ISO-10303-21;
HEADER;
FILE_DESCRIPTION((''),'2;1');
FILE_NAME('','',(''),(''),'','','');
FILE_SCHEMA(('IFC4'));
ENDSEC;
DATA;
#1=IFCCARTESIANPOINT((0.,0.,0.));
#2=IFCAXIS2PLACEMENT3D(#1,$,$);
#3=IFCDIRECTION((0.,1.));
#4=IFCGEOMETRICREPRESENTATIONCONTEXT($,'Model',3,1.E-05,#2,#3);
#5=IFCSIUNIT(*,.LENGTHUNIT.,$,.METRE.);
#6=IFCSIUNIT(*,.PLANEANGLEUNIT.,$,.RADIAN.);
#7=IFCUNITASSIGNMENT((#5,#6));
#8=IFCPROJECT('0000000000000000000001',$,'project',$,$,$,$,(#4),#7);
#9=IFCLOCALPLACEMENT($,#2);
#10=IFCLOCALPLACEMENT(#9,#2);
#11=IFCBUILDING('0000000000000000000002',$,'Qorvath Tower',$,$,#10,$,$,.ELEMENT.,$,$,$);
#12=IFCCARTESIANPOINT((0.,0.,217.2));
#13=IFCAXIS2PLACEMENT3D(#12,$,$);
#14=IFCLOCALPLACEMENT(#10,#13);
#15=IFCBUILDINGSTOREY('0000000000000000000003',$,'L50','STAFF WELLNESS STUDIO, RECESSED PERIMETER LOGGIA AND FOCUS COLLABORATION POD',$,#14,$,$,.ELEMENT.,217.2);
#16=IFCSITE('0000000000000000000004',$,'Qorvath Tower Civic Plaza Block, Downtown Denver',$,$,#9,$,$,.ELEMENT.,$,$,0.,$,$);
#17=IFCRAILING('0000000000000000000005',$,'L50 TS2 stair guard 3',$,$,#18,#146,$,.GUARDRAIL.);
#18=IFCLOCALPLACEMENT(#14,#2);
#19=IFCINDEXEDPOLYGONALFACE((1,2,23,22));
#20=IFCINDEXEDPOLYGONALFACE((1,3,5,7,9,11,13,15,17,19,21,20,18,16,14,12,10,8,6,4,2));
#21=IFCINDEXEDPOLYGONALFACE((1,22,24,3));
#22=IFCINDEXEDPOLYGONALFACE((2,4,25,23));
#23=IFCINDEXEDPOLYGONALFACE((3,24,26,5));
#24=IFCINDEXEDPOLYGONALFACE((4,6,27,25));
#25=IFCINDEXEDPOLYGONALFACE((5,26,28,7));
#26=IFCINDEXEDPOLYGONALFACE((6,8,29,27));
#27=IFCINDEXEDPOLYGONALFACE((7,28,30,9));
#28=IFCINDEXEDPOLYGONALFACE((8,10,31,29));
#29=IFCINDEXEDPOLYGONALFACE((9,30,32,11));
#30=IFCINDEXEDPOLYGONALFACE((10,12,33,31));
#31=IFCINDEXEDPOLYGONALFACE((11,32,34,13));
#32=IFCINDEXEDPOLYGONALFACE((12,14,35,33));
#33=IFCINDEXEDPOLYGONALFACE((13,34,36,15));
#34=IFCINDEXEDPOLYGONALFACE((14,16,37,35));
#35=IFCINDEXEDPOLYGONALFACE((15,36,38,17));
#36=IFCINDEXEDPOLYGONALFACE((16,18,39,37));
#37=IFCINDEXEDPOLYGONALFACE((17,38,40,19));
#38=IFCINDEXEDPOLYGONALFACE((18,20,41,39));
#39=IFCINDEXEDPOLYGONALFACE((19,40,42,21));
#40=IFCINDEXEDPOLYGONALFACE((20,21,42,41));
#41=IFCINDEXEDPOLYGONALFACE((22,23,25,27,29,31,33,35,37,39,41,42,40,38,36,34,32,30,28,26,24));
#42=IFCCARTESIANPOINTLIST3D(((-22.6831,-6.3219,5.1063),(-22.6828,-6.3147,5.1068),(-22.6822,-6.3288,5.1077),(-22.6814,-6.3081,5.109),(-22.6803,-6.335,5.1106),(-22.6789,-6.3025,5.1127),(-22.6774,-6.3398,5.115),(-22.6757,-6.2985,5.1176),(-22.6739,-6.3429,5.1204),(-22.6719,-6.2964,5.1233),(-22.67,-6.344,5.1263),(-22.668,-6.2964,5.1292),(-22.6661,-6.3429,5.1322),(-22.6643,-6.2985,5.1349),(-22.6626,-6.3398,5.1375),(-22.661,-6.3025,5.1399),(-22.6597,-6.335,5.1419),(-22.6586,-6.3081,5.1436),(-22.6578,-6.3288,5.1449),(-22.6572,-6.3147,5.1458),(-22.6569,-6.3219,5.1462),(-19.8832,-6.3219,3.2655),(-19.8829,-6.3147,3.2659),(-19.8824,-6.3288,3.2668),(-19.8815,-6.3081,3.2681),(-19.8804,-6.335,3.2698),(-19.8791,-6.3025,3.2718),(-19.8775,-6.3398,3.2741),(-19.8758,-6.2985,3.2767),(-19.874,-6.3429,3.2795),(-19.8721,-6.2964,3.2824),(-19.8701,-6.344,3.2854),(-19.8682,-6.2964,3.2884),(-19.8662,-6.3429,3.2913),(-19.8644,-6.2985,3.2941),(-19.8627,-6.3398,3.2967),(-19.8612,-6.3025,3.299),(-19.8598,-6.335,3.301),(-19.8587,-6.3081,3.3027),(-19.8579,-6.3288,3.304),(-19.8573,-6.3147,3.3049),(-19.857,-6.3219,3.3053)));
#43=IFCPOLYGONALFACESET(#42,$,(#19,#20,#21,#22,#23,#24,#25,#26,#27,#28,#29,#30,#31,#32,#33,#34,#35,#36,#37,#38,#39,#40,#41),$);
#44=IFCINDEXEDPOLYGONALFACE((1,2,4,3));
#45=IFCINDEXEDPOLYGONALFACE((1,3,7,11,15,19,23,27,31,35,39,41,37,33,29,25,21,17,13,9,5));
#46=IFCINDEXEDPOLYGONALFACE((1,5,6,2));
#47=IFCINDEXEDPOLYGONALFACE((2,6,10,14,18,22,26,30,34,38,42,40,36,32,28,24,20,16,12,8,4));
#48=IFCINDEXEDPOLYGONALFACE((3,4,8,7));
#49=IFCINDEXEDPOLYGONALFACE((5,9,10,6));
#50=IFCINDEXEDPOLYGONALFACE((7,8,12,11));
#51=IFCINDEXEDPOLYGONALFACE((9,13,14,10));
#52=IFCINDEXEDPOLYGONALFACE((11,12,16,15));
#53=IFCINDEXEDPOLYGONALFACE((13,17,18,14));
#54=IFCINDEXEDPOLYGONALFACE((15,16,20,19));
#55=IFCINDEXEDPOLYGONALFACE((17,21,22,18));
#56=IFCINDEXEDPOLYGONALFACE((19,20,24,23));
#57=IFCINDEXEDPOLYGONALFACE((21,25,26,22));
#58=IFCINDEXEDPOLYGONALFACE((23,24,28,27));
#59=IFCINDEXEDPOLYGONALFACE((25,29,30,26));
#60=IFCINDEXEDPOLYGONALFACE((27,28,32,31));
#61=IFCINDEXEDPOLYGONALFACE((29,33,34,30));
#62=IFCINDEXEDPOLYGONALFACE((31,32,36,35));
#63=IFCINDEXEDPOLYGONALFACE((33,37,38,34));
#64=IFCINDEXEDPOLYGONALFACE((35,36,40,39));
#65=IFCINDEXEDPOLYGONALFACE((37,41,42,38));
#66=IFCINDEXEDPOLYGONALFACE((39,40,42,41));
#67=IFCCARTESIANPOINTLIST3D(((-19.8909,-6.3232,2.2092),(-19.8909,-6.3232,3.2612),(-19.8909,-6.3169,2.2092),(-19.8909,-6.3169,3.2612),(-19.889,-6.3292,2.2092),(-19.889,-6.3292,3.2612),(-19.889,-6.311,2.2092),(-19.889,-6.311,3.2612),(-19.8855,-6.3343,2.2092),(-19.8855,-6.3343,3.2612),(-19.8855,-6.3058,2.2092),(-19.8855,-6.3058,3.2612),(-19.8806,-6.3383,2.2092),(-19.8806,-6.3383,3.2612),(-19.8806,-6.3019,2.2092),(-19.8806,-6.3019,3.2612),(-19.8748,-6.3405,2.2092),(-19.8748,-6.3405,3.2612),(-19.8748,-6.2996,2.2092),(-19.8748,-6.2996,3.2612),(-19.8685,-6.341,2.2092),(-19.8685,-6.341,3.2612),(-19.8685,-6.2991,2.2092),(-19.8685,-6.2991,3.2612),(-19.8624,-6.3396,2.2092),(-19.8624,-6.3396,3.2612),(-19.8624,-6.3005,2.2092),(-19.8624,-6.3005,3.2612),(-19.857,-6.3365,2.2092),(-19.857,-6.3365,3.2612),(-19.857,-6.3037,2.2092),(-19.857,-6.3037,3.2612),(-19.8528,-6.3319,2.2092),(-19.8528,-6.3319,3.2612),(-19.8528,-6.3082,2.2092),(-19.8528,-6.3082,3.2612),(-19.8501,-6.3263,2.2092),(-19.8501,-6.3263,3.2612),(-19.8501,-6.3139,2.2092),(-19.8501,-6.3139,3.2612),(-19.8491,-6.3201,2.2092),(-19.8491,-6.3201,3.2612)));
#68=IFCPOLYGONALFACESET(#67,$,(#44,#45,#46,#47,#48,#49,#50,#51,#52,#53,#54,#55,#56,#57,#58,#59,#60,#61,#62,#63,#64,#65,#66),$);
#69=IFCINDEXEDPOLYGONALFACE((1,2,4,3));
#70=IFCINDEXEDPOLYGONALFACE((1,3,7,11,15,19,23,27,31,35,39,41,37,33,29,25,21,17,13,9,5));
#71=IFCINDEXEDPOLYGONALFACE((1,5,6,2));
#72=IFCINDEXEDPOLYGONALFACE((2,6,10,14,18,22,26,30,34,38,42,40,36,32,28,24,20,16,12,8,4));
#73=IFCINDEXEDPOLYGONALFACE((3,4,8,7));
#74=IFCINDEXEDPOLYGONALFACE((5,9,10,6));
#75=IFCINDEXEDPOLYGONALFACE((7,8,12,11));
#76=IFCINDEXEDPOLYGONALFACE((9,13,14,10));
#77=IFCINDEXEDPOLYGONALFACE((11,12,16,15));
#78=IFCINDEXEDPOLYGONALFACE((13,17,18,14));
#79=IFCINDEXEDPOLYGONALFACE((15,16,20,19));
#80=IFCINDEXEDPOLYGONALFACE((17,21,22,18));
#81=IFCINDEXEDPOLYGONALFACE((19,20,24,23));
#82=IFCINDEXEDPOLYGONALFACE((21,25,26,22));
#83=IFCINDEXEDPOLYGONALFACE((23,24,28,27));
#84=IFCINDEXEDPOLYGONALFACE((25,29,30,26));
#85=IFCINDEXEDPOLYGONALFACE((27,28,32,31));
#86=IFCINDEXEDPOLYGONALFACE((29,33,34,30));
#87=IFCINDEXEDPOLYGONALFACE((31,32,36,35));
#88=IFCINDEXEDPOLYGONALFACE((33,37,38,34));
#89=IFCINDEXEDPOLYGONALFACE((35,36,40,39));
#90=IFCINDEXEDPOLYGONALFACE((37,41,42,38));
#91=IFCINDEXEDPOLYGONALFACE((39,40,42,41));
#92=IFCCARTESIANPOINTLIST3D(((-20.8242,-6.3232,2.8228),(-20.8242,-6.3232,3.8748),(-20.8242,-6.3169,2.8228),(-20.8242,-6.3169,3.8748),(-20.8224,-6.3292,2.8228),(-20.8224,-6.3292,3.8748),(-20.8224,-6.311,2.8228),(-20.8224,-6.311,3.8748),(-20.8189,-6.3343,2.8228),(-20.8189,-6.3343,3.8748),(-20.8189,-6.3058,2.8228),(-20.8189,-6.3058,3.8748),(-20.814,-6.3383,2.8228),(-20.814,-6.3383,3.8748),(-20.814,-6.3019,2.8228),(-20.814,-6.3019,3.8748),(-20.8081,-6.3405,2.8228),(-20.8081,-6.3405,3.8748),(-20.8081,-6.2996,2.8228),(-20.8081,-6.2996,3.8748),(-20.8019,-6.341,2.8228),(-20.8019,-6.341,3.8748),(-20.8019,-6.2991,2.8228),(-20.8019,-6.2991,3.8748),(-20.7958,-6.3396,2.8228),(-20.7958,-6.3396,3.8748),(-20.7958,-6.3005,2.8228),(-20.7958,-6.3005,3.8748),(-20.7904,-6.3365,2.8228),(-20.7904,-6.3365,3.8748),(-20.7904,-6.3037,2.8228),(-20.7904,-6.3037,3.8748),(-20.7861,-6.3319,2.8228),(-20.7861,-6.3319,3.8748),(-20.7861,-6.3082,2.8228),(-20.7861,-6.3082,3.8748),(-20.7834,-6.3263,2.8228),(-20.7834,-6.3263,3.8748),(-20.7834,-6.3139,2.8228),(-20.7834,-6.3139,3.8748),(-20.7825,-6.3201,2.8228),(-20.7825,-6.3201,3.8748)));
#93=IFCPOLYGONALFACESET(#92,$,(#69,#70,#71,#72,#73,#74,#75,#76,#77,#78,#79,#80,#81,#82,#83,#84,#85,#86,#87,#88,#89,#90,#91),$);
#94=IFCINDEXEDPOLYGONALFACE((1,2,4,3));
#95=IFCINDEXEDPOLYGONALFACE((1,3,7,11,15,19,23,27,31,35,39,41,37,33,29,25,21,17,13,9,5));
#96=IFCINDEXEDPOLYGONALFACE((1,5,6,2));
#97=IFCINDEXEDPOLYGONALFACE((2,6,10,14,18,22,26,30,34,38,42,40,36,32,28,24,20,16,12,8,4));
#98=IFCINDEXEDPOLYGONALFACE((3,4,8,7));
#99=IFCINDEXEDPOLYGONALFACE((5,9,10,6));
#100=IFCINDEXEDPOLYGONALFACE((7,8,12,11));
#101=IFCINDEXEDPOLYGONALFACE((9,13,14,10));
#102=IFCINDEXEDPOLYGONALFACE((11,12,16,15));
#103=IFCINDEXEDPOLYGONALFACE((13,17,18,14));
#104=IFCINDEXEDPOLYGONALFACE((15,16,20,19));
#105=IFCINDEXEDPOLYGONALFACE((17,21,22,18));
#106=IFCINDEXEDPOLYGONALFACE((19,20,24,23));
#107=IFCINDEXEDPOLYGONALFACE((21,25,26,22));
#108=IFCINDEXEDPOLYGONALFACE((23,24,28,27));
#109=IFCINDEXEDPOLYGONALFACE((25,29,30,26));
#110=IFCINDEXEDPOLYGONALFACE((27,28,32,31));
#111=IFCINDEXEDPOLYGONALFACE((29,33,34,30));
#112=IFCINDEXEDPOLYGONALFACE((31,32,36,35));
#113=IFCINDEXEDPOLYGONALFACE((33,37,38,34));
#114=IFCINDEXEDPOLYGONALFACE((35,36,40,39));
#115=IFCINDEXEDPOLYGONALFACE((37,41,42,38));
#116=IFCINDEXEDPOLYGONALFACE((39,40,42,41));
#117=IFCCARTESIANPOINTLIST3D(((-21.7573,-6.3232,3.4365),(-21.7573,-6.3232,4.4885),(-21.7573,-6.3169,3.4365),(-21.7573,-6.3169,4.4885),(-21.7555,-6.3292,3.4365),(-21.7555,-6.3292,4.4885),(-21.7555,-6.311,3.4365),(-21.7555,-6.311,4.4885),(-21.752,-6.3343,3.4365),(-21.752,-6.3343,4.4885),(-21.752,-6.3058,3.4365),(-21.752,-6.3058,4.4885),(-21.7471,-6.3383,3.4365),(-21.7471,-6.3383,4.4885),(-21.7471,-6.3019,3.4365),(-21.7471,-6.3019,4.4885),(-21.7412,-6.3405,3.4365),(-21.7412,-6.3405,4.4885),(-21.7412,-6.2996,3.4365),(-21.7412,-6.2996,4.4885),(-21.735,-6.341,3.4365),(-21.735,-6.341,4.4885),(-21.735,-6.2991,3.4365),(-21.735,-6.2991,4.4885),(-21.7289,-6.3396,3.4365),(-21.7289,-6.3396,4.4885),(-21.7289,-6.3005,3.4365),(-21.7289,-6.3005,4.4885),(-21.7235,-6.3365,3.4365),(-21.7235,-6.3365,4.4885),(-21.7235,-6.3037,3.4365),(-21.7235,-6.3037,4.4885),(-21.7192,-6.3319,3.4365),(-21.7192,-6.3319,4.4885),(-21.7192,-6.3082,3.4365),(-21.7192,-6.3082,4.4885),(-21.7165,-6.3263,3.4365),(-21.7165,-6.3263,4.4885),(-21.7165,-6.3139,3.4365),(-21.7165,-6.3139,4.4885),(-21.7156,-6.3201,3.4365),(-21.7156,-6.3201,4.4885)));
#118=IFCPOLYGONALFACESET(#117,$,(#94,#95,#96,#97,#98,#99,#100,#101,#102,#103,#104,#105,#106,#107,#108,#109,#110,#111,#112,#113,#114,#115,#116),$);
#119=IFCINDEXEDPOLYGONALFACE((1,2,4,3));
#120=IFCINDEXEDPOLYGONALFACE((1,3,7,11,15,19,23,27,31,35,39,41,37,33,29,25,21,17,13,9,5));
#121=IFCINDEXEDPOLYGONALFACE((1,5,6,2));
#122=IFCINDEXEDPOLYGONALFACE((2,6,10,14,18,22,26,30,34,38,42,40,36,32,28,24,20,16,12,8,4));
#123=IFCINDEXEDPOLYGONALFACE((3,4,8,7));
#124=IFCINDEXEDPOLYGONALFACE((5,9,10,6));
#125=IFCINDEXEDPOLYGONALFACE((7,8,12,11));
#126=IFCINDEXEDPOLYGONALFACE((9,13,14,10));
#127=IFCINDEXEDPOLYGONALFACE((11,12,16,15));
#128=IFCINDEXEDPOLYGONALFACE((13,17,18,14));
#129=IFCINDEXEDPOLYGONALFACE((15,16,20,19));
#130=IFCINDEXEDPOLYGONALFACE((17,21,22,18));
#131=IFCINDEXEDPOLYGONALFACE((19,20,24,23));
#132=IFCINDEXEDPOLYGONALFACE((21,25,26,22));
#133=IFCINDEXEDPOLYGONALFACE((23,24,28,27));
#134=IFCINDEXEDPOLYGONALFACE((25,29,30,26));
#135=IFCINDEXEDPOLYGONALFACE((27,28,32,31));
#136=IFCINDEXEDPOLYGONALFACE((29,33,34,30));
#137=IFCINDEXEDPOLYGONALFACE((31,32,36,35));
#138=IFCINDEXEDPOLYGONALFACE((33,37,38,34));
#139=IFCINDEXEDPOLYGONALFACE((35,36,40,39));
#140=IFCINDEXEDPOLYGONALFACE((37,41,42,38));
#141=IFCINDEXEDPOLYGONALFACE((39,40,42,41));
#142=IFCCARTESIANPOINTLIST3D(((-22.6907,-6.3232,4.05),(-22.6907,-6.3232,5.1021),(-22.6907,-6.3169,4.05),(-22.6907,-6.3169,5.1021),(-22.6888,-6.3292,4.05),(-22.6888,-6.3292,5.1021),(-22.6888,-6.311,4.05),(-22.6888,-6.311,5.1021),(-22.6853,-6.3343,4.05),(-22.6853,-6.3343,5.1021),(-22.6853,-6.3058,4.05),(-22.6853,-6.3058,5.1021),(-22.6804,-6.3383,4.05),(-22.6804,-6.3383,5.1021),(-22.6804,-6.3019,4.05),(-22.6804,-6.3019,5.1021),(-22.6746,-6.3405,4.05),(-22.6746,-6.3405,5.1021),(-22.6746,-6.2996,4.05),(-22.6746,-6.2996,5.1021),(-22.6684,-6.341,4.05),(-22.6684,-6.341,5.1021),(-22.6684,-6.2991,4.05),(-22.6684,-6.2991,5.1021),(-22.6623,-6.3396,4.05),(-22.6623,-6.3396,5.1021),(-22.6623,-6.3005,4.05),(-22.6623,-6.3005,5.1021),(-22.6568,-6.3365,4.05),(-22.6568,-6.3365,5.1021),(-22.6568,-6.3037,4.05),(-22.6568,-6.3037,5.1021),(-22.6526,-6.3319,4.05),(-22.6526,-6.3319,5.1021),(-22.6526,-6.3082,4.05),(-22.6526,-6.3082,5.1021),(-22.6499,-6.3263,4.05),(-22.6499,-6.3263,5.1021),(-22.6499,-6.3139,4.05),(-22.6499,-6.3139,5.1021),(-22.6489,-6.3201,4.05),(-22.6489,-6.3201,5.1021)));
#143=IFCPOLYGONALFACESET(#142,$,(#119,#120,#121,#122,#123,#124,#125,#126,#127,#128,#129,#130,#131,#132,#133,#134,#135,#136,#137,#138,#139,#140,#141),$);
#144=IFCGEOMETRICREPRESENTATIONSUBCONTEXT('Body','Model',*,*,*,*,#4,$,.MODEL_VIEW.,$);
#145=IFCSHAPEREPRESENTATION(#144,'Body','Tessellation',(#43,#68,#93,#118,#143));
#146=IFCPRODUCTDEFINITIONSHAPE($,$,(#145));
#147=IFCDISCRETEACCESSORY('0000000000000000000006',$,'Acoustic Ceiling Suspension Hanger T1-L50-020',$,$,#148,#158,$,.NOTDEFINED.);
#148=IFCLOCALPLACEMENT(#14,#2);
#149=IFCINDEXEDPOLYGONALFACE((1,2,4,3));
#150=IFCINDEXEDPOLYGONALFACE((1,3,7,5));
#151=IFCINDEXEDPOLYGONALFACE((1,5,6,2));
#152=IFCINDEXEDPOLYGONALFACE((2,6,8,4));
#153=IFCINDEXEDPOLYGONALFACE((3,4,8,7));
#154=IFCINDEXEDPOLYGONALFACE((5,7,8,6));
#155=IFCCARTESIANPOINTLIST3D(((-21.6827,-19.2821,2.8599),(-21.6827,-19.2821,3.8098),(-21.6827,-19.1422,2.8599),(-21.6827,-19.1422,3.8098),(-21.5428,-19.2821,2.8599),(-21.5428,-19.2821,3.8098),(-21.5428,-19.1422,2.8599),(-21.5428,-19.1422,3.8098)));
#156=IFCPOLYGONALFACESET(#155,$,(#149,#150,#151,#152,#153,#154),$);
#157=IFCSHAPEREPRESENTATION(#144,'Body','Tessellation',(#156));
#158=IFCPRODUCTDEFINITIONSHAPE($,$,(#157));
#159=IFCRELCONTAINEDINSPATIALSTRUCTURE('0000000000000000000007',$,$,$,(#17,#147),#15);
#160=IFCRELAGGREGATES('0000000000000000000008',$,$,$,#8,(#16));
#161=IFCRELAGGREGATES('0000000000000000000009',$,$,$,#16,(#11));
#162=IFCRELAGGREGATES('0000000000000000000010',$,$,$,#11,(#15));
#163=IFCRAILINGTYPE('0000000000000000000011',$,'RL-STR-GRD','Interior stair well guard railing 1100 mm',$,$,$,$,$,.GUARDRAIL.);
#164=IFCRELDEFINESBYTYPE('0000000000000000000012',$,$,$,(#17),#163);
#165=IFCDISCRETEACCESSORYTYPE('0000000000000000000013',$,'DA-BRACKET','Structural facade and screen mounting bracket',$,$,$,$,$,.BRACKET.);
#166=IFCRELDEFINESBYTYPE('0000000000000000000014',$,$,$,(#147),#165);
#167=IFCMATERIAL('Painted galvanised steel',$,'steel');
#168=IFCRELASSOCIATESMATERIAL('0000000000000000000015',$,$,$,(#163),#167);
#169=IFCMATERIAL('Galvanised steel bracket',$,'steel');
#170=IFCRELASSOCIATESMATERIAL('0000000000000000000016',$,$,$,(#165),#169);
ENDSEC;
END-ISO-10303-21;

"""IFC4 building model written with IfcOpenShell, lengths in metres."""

from ifc_helpers import new_model, si_unit, direction, frame, origin, origin_2d, place, context, subcontext, project, spatial, rectangle, circle, extrude, material, type_object, element, save


model = new_model("IFC4")

# Units and contexts
model_context = context("Model", 3, precision=1e-05, world=origin(), true_north=direction((0.0, 1.0)))
body_context = subcontext(model_context, "Body", "Model", "MODEL_VIEW")
ifc_project = project(units=[si_unit("LENGTHUNIT", "METRE"), si_unit("PLANEANGLEUNIT", "RADIAN")], contexts=[model_context])

# Site, building, storey
site_placement = place(None, origin())
site = spatial("IfcSite", under=ifc_project, at=site_placement, Name="Qorvath Tower Civic Plaza Block, Downtown Denver", CompositionType="ELEMENT", RefElevation=0.0)
building_placement = place(site_placement, origin())
building = spatial("IfcBuilding", under=site, at=building_placement, Name="Qorvath Tower", CompositionType="ELEMENT")
storey_placement = place(building_placement, frame((0.0, 0.0, 217.2)))
storey = spatial("IfcBuildingStorey", under=building, at=storey_placement, Name="L50", Description="STAFF WELLNESS STUDIO, RECESSED PERIMETER LOGGIA AND FOCUS COLLABORATION POD", CompositionType="ELEMENT", Elevation=217.2)

# Railing
ifc_material_1 = material(Name="Painted galvanised steel", Category="steel")
railing_type = type_object("IfcRailingType", Name="RL-STR-GRD", Description="Interior stair well guard railing 1100 mm", PredefinedType="GUARDRAIL", material=ifc_material_1)
railing_1_placement = place(storey_placement, frame((-19.8701, -6.3201, 2.2092)))
element("IfcRailing", 1, at=railing_1_placement, inside=storey, type_object=railing_type, Name="L50 TS2 stair guard 3", PredefinedType="GUARDRAIL", context=body_context, shape_type="SweptSolid", body=[
    extrude(circle(Radius=0.0239, at=origin_2d()), frame((0.0, 0.0, 1.0762), z_axis=(-0.835576, 0.0, 0.549376), x_axis=(0.0, -1.0, 0.0)), (0.0, 0.0, 1.0), 3.3508),
    extrude(circle(Radius=0.021, at=origin_2d()), origin(), (0.0, 0.0, 1.0), 1.052),
    extrude(circle(Radius=0.021, at=origin_2d()), frame((-0.9333, 0.0, 0.6135)), (0.0, 0.0, 1.0), 1.052),
    extrude(circle(Radius=0.021, at=origin_2d()), frame((-1.8665, 0.0, 1.2273)), (0.0, 0.0, 1.0), 1.052),
    extrude(circle(Radius=0.021, at=origin_2d()), frame((-2.7998, 0.0, 1.8408)), (0.0, 0.0, 1.0), 1.052),
])

# Discrete accessory
ifc_material_2 = material(Name="Galvanised steel bracket", Category="steel")
discrete_accessory_type = type_object("IfcDiscreteAccessoryType", Name="DA-BRACKET", Description="Structural facade and screen mounting bracket", PredefinedType="BRACKET", material=ifc_material_2)
discrete_accessory_placement = place(storey_placement, frame((-21.6128, -19.2122, 2.8599), z_axis=(0.0, 0.0, 1.0), x_axis=(1.0, 0.0, 0.0)))
element("IfcDiscreteAccessory", 2, at=discrete_accessory_placement, inside=storey, type_object=discrete_accessory_type, Name="Acoustic Ceiling Suspension Hanger T1-L50-020", PredefinedType="NOTDEFINED", context=body_context, shape_type="SweptSolid", body=[
    extrude(rectangle(XDim=0.1399, YDim=0.1399, at=origin_2d()), origin(), (0.0, 0.0, 1.0), 0.95),
])

save(model, "model.ifc")
